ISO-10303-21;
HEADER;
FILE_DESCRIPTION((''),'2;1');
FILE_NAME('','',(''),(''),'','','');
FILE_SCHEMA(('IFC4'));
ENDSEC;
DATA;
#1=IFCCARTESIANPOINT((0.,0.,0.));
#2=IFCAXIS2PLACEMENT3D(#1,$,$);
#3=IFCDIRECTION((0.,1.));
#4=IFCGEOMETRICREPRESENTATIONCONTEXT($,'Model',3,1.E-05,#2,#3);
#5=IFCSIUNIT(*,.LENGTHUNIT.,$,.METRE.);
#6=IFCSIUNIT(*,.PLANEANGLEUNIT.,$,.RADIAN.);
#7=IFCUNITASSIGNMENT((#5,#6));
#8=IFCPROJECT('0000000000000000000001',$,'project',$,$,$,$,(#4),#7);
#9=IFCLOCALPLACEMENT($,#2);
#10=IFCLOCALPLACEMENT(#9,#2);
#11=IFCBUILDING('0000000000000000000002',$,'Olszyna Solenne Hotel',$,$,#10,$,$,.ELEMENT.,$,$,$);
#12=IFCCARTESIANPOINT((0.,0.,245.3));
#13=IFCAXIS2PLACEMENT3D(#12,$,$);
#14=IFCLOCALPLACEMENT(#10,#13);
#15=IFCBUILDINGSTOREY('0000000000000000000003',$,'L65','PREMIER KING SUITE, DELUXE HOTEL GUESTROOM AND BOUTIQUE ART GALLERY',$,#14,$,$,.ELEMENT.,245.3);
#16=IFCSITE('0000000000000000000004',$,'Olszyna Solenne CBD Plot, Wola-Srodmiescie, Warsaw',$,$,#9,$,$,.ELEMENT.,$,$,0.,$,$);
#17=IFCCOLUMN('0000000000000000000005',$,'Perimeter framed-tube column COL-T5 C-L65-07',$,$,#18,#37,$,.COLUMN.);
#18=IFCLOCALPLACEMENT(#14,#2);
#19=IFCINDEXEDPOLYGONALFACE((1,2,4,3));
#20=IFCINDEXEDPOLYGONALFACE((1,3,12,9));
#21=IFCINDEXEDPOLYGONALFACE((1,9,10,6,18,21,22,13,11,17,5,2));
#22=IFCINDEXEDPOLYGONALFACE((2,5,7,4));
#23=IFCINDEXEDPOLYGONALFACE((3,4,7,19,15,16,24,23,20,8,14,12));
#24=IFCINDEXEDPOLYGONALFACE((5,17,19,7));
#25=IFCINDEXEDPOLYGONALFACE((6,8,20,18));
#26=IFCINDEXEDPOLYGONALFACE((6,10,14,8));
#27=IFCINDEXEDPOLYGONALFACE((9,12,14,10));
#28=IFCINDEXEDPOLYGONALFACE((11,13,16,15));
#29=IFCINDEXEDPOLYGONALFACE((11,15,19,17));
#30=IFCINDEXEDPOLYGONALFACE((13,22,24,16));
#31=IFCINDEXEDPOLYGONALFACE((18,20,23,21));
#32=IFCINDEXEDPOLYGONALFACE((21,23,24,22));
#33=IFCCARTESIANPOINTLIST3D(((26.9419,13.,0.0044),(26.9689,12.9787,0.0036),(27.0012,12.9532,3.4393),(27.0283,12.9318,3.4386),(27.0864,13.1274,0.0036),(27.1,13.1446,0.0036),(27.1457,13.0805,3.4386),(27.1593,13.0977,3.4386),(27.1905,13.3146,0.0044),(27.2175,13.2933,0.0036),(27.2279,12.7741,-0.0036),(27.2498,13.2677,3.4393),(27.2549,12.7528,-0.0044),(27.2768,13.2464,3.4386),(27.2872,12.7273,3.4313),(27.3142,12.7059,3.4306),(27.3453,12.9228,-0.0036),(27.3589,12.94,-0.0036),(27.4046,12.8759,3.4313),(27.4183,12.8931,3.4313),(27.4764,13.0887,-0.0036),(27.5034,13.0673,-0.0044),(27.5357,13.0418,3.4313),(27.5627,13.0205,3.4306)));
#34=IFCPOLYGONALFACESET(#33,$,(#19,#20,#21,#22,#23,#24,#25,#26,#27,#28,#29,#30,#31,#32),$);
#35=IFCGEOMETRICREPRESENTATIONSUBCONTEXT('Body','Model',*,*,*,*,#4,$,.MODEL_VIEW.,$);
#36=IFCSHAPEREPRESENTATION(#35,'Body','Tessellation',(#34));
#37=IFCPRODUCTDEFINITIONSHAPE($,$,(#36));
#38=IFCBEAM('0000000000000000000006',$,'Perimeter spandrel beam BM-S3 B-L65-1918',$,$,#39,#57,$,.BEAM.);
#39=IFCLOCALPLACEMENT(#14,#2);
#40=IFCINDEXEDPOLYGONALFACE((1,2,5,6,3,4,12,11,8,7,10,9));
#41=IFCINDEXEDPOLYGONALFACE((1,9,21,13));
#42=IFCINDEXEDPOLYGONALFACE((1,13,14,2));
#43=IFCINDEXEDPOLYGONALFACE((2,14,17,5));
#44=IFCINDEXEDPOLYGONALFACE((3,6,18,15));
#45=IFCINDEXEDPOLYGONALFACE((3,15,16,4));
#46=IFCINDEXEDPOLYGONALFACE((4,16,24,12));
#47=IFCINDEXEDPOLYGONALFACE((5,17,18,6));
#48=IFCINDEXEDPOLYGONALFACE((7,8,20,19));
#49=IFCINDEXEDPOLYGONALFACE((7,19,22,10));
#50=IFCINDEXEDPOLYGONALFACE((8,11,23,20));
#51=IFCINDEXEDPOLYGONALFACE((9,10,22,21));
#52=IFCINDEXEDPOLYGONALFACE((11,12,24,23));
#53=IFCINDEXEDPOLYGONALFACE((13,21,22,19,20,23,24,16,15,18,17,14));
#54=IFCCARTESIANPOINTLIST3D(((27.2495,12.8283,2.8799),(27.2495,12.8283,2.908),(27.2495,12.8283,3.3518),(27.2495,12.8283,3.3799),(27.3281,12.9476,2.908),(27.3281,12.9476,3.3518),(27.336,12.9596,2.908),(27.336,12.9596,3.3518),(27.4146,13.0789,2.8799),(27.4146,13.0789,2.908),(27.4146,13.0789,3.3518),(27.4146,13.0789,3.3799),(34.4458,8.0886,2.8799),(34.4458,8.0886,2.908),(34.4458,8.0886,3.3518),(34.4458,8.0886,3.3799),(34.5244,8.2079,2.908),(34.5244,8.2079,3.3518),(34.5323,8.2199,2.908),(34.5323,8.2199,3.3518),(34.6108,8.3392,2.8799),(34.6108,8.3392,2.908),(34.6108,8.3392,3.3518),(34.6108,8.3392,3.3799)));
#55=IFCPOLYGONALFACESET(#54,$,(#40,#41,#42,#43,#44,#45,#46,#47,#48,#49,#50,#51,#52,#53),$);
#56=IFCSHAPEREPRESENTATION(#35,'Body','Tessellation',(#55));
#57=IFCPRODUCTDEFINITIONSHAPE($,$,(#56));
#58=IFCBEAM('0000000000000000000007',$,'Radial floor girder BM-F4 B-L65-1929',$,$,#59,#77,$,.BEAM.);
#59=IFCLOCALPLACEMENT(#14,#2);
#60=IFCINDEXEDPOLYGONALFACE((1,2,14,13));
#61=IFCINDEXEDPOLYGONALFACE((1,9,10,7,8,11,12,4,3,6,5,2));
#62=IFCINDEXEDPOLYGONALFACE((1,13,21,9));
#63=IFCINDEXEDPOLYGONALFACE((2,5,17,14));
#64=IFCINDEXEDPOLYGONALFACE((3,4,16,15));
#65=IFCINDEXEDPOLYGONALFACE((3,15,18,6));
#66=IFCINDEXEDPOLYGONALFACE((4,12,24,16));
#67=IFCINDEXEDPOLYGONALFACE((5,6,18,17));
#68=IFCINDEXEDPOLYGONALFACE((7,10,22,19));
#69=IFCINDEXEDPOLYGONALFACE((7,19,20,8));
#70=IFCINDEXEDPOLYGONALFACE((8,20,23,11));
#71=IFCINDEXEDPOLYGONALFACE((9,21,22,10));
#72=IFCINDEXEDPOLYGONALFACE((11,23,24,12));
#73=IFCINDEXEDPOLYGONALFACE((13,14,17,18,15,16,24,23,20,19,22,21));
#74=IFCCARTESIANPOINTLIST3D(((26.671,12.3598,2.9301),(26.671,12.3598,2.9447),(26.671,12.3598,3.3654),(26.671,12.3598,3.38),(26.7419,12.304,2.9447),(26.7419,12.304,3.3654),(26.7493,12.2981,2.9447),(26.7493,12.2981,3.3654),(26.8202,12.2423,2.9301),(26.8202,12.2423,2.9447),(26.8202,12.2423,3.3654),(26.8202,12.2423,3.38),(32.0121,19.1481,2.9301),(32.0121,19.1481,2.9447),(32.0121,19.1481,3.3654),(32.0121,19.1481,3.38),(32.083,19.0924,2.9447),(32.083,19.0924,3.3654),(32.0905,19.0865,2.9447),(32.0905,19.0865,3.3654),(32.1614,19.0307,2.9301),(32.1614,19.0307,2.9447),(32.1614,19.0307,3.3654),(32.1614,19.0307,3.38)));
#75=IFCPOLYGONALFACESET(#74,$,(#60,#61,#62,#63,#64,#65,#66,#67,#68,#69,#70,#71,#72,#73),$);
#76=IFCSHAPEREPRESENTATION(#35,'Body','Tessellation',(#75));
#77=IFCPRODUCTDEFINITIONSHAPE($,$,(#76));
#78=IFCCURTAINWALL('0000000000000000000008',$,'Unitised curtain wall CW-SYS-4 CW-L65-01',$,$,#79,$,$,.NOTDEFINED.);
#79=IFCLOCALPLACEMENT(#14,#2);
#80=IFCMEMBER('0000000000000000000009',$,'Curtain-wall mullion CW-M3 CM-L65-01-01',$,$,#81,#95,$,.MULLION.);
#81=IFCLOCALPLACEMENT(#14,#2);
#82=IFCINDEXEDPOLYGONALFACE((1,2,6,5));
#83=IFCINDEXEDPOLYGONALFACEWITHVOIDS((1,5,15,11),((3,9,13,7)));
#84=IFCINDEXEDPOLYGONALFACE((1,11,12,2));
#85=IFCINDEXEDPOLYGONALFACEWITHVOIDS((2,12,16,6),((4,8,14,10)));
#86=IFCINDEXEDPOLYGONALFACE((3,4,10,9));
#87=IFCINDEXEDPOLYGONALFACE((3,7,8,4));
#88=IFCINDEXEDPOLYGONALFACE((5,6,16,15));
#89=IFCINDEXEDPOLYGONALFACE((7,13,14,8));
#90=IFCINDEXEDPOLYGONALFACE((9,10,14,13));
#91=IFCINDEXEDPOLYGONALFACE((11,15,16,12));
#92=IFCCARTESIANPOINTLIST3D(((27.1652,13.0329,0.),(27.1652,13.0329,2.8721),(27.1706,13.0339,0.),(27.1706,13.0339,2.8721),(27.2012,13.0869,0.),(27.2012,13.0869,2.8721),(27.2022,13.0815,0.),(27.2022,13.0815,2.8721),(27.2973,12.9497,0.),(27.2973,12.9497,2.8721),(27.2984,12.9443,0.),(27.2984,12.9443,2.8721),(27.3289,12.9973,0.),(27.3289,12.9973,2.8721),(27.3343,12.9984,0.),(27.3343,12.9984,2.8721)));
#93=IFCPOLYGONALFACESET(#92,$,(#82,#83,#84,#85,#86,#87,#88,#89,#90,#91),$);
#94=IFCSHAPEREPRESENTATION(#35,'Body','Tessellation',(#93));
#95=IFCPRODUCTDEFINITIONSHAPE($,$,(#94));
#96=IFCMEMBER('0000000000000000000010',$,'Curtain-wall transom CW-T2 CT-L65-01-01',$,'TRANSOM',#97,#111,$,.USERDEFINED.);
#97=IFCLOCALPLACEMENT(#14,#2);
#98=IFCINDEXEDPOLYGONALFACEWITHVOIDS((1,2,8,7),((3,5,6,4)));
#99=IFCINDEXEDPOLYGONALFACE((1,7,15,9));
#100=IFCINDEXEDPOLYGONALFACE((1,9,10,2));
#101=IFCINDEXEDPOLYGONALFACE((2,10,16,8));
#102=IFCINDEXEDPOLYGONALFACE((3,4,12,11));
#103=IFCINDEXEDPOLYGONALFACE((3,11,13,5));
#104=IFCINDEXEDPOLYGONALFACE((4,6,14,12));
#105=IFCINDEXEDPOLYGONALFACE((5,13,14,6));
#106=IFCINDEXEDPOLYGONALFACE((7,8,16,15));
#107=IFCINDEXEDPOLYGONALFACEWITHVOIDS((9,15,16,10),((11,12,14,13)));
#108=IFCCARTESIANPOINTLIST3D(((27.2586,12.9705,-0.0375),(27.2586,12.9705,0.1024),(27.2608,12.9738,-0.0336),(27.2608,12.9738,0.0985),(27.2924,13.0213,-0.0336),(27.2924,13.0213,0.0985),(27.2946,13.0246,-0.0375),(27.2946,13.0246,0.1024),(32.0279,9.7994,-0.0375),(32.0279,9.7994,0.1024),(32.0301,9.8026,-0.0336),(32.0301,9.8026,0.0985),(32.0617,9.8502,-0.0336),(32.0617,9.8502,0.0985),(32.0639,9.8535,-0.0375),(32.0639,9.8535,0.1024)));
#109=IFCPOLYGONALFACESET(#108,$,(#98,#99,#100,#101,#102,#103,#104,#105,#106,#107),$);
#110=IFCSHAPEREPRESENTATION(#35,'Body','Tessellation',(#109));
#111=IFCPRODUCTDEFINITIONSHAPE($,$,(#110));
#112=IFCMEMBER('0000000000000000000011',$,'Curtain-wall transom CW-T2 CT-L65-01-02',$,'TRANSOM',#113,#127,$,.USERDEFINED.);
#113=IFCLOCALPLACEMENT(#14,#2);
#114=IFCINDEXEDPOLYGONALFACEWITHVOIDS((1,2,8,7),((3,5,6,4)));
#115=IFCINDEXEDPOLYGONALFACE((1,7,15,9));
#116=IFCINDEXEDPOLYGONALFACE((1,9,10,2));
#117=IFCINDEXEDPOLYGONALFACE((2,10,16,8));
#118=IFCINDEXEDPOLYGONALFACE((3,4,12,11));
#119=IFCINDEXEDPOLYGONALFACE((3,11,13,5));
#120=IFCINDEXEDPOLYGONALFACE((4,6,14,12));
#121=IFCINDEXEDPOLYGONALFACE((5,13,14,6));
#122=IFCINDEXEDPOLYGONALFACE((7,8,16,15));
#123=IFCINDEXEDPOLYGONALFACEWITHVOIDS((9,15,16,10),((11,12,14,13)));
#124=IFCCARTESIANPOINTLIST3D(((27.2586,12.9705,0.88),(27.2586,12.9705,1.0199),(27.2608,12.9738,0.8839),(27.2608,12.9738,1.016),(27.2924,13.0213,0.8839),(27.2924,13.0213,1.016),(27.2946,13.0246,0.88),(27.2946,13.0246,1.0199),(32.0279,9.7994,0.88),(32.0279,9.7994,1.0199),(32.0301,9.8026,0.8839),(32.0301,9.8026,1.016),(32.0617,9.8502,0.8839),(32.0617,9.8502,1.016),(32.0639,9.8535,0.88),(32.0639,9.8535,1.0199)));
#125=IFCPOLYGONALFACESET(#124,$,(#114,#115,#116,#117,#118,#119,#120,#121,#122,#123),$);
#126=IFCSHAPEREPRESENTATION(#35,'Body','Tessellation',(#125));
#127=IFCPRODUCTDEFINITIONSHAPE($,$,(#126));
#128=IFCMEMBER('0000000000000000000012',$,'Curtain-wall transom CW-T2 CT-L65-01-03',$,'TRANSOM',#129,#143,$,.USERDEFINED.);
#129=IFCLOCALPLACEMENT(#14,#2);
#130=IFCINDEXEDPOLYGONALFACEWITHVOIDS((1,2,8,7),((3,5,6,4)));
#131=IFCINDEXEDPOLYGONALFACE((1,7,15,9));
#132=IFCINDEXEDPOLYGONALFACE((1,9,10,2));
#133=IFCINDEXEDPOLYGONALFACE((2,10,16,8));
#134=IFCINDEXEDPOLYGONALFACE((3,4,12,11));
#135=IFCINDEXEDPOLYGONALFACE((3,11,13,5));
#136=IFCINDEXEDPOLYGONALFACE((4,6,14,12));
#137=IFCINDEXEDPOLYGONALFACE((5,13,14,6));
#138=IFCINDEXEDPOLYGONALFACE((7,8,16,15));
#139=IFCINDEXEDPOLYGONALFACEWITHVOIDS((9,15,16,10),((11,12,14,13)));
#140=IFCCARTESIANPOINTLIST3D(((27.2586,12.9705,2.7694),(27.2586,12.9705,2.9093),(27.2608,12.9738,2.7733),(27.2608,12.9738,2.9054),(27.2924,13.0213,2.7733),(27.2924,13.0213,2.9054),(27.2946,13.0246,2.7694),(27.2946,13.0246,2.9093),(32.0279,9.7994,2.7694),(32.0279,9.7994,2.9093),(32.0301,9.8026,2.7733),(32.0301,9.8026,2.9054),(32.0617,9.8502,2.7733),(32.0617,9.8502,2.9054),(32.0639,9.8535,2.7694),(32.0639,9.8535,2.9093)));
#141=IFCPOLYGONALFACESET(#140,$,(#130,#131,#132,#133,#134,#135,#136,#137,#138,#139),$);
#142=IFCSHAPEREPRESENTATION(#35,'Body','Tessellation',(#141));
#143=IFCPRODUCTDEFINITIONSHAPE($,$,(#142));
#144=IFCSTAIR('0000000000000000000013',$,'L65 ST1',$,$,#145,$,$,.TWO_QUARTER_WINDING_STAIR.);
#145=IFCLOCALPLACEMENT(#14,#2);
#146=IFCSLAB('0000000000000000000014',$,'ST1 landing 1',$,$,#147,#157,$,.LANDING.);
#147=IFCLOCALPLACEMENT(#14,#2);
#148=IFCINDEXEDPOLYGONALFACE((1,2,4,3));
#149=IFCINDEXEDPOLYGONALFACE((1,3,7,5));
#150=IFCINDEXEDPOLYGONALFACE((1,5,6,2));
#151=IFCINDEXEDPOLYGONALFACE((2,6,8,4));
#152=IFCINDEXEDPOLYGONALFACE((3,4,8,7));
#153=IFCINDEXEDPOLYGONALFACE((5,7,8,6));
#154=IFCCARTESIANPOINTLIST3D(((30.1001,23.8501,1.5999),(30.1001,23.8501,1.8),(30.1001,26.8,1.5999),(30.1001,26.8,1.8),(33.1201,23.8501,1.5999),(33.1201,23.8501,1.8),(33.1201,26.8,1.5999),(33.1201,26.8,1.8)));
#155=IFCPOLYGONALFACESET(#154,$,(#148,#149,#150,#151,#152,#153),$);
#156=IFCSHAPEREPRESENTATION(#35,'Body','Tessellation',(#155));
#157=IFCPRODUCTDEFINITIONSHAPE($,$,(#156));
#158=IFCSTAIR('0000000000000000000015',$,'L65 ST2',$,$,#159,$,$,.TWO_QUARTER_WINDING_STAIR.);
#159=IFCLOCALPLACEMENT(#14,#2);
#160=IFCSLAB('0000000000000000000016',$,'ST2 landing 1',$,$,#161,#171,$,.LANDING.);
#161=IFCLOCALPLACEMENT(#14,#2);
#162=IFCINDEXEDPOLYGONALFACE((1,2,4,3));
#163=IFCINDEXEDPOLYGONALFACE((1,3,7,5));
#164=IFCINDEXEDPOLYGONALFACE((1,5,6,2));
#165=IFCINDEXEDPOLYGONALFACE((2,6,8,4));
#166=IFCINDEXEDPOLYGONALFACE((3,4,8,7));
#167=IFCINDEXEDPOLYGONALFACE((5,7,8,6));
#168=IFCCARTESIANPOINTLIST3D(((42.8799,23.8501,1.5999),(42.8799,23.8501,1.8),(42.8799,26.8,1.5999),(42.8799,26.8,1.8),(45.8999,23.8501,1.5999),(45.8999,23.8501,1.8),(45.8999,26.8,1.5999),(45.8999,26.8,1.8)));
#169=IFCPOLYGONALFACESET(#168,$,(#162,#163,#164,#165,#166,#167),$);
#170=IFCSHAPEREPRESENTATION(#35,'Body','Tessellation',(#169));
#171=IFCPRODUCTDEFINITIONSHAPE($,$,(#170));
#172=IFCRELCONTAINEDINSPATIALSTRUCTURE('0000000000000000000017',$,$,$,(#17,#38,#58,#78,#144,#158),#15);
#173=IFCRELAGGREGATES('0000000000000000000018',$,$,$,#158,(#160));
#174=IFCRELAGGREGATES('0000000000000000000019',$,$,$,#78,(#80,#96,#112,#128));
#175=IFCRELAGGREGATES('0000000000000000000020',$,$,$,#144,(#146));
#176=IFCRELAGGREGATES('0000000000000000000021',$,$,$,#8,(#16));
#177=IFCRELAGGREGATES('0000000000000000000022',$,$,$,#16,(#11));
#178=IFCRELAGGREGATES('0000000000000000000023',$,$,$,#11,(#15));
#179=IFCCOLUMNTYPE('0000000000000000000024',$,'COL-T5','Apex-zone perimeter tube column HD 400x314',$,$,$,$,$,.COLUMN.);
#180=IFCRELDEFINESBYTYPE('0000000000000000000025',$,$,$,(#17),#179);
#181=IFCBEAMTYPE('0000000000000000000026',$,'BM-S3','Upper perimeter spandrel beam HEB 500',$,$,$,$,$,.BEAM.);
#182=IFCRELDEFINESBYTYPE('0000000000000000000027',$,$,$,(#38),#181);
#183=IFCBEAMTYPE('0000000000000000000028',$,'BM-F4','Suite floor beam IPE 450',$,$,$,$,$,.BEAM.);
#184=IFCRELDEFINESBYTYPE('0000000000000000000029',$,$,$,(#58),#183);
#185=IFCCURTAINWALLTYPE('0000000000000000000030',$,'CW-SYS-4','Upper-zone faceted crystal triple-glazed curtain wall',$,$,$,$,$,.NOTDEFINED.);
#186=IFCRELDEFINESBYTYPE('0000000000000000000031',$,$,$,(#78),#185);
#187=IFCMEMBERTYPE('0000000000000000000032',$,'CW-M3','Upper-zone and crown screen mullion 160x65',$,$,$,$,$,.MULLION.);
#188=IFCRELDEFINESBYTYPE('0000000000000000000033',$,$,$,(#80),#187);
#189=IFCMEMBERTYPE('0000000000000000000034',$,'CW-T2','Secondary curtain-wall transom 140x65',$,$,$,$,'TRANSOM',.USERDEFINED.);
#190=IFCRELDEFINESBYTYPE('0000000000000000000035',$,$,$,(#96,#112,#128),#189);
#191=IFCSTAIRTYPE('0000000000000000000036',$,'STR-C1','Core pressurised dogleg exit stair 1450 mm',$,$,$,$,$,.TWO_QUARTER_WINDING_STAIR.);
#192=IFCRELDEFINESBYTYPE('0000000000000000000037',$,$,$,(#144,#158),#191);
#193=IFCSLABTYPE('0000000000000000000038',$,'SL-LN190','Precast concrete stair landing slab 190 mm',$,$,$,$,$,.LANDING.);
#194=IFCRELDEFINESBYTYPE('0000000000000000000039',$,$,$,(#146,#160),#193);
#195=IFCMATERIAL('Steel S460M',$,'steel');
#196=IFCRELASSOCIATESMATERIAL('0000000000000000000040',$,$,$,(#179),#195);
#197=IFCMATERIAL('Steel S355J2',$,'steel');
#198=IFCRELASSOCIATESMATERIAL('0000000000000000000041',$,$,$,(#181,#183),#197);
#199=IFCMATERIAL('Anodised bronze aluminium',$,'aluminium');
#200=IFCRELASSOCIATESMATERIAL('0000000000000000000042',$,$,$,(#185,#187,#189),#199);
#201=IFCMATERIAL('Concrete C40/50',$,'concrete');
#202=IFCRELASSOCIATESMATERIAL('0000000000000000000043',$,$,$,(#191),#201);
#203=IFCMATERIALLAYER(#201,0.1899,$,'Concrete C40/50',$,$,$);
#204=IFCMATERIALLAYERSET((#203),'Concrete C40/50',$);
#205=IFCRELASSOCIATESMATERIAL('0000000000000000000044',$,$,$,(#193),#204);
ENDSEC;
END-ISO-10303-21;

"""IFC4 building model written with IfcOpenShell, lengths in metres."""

from ifc_helpers import new_model, si_unit, direction, frame, origin, origin_2d, place, context, subcontext, project, spatial, polyline, hollow_rectangle, i_section, outline, extrude, source, transform, mapped, material, layer, layer_set, material_profile, profile_set, type_object, element, aggregate, save


model = new_model("IFC4")

# Units and contexts
model_context = context("Model", 3, precision=1e-05, world=origin(), true_north=direction((0.0, 1.0)))
body_context = subcontext(model_context, "Body", "Model", "MODEL_VIEW")
ifc_project = project(units=[si_unit("LENGTHUNIT", "METRE"), si_unit("PLANEANGLEUNIT", "RADIAN")], contexts=[model_context])

# Site, building, storey
site_placement = place(None, origin())
site = spatial("IfcSite", under=ifc_project, at=site_placement, Name="Olszyna Solenne CBD Plot, Wola-Srodmiescie, Warsaw", CompositionType="ELEMENT", RefElevation=0.0)
building_placement = place(site_placement, origin())
building = spatial("IfcBuilding", under=site, at=building_placement, Name="Olszyna Solenne Hotel", CompositionType="ELEMENT")
storey_placement = place(building_placement, frame((0.0, 0.0, 245.3)))
storey = spatial("IfcBuildingStorey", under=building, at=storey_placement, Name="L65", Description="PREMIER KING SUITE, DELUXE HOTEL GUESTROOM AND BOUTIQUE ART GALLERY", CompositionType="ELEMENT", Elevation=245.3)

# Column
ifc_material_1 = material(Name="Steel S460M", Category="steel")
ifc_material_profile_1 = material_profile(ifc_material_1, i_section(OverallWidth=0.4009, OverallDepth=0.3989, WebThickness=0.022, FlangeThickness=0.0344, at=origin_2d()), Name="HD 400x314", Category="load-bearing")
ifc_profile_set_1 = profile_set([ifc_material_profile_1], Name="Steel S460M")
column_type = type_object("IfcColumnType", Name="COL-T5", Description="Apex-zone perimeter tube column HD 400x314", PredefinedType="COLUMN", material=ifc_profile_set_1)
shared_shape_1 = source(origin(), body_context, "Body", "SweptSolid", [
    extrude(i_section(OverallWidth=0.4009, OverallDepth=0.3989, WebThickness=0.022, FlangeThickness=0.0344, at=origin_2d()), origin(), (0.0, 0.0, 1.0), 3.4358),
])
column_placement = place(storey_placement, frame((27.2227, 13.0337, 0.0), z_axis=(0.017267, -0.013643, 0.999758), x_axis=(0.619958, 0.784635, 0.0)))
element("IfcColumn", 1, at=column_placement, inside=storey, type_object=column_type, Name="Perimeter framed-tube column COL-T5 C-L65-07", PredefinedType="COLUMN", context=body_context, shape_type="MappedRepresentation", body=[
    mapped(shared_shape_1, transform((0.0, 0.0, 0.0), x_axis=(1.0, 0.0, 0.0), y_axis=(0.0, 1.0, 0.0), z_axis=(0.0, 0.0, 1.0), scale=1.0)),
])

# Beams
ifc_material_2 = material(Name="Steel S355J2", Category="steel")
ifc_material_profile_2 = material_profile(ifc_material_2, i_section(OverallWidth=0.3, OverallDepth=0.5, WebThickness=0.0144, FlangeThickness=0.0281, at=origin_2d()), Name="HEB 500", Category="load-bearing")
ifc_profile_set_2 = profile_set([ifc_material_profile_2], Name="Steel S355J2")
beam_type_1 = type_object("IfcBeamType", Name="BM-S3", Description="Upper perimeter spandrel beam HEB 500", PredefinedType="BEAM", material=ifc_profile_set_2)
shared_shape_2 = source(origin(), body_context, "Body", "SweptSolid", [
    extrude(i_section(OverallWidth=0.3, OverallDepth=0.5, WebThickness=0.0144, FlangeThickness=0.0281, at=origin_2d()), origin(), (0.0, 0.0, 1.0), 8.6169),
])
beam_1_placement = place(storey_placement, frame((27.332, 12.9536, 3.1299), z_axis=(0.835132, -0.550049, 0.0), x_axis=(0.550049, 0.835132, 0.0)))
element("IfcBeam", 2, at=beam_1_placement, inside=storey, type_object=beam_type_1, Name="Perimeter spandrel beam BM-S3 B-L65-1918", PredefinedType="BEAM", context=body_context, shape_type="MappedRepresentation", body=[
    mapped(shared_shape_2, transform((0.0, 0.0, 0.0), x_axis=(1.0, 0.0, 0.0), y_axis=(0.0, 1.0, 0.0), z_axis=(0.0, 0.0, 1.0), scale=1.0)),
])
ifc_material_profile_3 = material_profile(ifc_material_2, i_section(OverallWidth=0.1899, OverallDepth=0.45, WebThickness=0.0095, FlangeThickness=0.0146, at=origin_2d()), Name="IPE 450", Category="load-bearing")
ifc_profile_set_3 = profile_set([ifc_material_profile_3], Name="Steel S355J2")
beam_type_2 = type_object("IfcBeamType", Name="BM-F4", Description="Suite floor beam IPE 450", PredefinedType="BEAM", material=ifc_profile_set_3)
shared_shape_3 = source(origin(), body_context, "Body", "SweptSolid", [
    extrude(i_section(OverallWidth=0.1899, OverallDepth=0.45, WebThickness=0.0095, FlangeThickness=0.0146, at=origin_2d()), origin(), (0.0, 0.0, 1.0), 8.6377),
])
beam_2_placement = place(storey_placement, frame((26.7456, 12.301, 3.155), z_axis=(0.618349, 0.785903, 0.0), x_axis=(-0.785903, 0.618349, 0.0)))
element("IfcBeam", 3, at=beam_2_placement, inside=storey, type_object=beam_type_2, Name="Radial floor girder BM-F4 B-L65-1929", PredefinedType="BEAM", context=body_context, shape_type="MappedRepresentation", body=[
    mapped(shared_shape_3, transform((0.0, 0.0, 0.0), x_axis=(1.0, 0.0, 0.0), y_axis=(0.0, 1.0, 0.0), z_axis=(0.0, 0.0, 1.0), scale=1.0)),
])

# Curtain wall, members
ifc_material_3 = material(Name="Anodised bronze aluminium", Category="aluminium")
curtain_wall_type = type_object("IfcCurtainWallType", Name="CW-SYS-4", Description="Upper-zone faceted crystal triple-glazed curtain wall", PredefinedType="NOTDEFINED", material=ifc_material_3)
curtain_wall_placement = place(storey_placement, origin())
curtain_wall = element("IfcCurtainWall", 4, at=curtain_wall_placement, inside=storey, type_object=curtain_wall_type, Name="Unitised curtain wall CW-SYS-4 CW-L65-01", PredefinedType="NOTDEFINED")
ifc_material_profile_4 = material_profile(ifc_material_3, hollow_rectangle(XDim=0.0649, YDim=0.1599, WallThickness=0.0039, at=origin_2d()), Name="MULL 160x65x4", Category="load-bearing")
ifc_profile_set_4 = profile_set([ifc_material_profile_4], Name="Anodised bronze aluminium")
member_type_1 = type_object("IfcMemberType", Name="CW-M3", Description="Upper-zone and crown screen mullion 160x65", PredefinedType="MULLION", material=ifc_profile_set_4)
shared_shape_4 = source(origin(), body_context, "Body", "SweptSolid", [
    extrude(hollow_rectangle(XDim=0.0649, YDim=0.1599, WallThickness=0.0039, at=origin_2d()), origin(), (0.0, 0.0, 1.0), 2.8721),
])
member_1_placement = place(storey_placement, frame((27.2498, 13.0156, 0.0), z_axis=(0.0, 0.0, 1.0), x_axis=(0.553695, 0.83272, 0.0)))
member_1 = element("IfcMember", 5, at=member_1_placement, type_object=member_type_1, Name="Curtain-wall mullion CW-M3 CM-L65-01-01", PredefinedType="MULLION", context=body_context, shape_type="MappedRepresentation", body=[
    mapped(shared_shape_4, transform((0.0, 0.0, 0.0), x_axis=(1.0, 0.0, 0.0), y_axis=(0.0, 1.0, 0.0), z_axis=(0.0, 0.0, 1.0), scale=1.0)),
])
ifc_material_profile_5 = material_profile(ifc_material_3, hollow_rectangle(XDim=0.0649, YDim=0.1399, WallThickness=0.0039, at=origin_2d()), Name="TRAN 140x65x4", Category="load-bearing")
ifc_profile_set_5 = profile_set([ifc_material_profile_5], Name="Anodised bronze aluminium")
member_type_2 = type_object("IfcMemberType", Name="CW-T2", Description="Secondary curtain-wall transom 140x65", ElementType="TRANSOM", PredefinedType="USERDEFINED", material=ifc_profile_set_5)
shared_shape_5 = source(origin(), body_context, "Body", "SweptSolid", [
    extrude(hollow_rectangle(XDim=0.0649, YDim=0.1399, WallThickness=0.0039, at=origin_2d()), origin(), (0.0, 0.0, 1.0), 5.7273),
])
member_2_placement = place(storey_placement, frame((27.2766, 12.9976, 0.0325), z_axis=(0.832725, -0.553687, 0.0), x_axis=(0.553687, 0.832725, 0.0)))
member_2 = element("IfcMember", 6, at=member_2_placement, type_object=member_type_2, Name="Curtain-wall transom CW-T2 CT-L65-01-01", ObjectType="TRANSOM", PredefinedType="USERDEFINED", context=body_context, shape_type="MappedRepresentation", body=[
    mapped(shared_shape_5, transform((0.0, 0.0, 0.0), x_axis=(1.0, 0.0, 0.0), y_axis=(0.0, 1.0, 0.0), z_axis=(0.0, 0.0, 1.0), scale=1.0)),
])
member_3_placement = place(storey_placement, frame((27.2766, 12.9976, 0.95), z_axis=(0.832725, -0.553687, 0.0), x_axis=(0.553687, 0.832725, 0.0)))
member_3 = element("IfcMember", 7, at=member_3_placement, type_object=member_type_2, Name="Curtain-wall transom CW-T2 CT-L65-01-02", ObjectType="TRANSOM", PredefinedType="USERDEFINED", context=body_context, shape_type="MappedRepresentation", body=[
    mapped(shared_shape_5, transform((0.0, 0.0, 0.0), x_axis=(1.0, 0.0, 0.0), y_axis=(0.0, 1.0, 0.0), z_axis=(0.0, 0.0, 1.0), scale=1.0)),
])
member_4_placement = place(storey_placement, frame((27.2766, 12.9976, 2.8394), z_axis=(0.832725, -0.553687, 0.0), x_axis=(0.553687, 0.832725, 0.0)))
member_4 = element("IfcMember", 8, at=member_4_placement, type_object=member_type_2, Name="Curtain-wall transom CW-T2 CT-L65-01-03", ObjectType="TRANSOM", PredefinedType="USERDEFINED", context=body_context, shape_type="MappedRepresentation", body=[
    mapped(shared_shape_5, transform((0.0, 0.0, 0.0), x_axis=(1.0, 0.0, 0.0), y_axis=(0.0, 1.0, 0.0), z_axis=(0.0, 0.0, 1.0), scale=1.0)),
])

# Stairs, slabs
ifc_material_4 = material(Name="Concrete C40/50", Category="concrete")
stair_type = type_object("IfcStairType", Name="STR-C1", Description="Core pressurised dogleg exit stair 1450 mm", PredefinedType="TWO_QUARTER_WINDING_STAIR", material=ifc_material_4)
stair_1_placement = place(storey_placement, origin())
stair_1 = element("IfcStair", 9, at=stair_1_placement, inside=storey, type_object=stair_type, Name="L65 ST1", PredefinedType="TWO_QUARTER_WINDING_STAIR")
ifc_layer_1 = layer(ifc_material_4, 0.1899, Name="Concrete C40/50")
ifc_layer_set_1 = layer_set([ifc_layer_1], Name="Concrete C40/50")
slab_type_1 = type_object("IfcSlabType", Name="SL-LN190", Description="Precast concrete stair landing slab 190 mm", PredefinedType="LANDING", material=ifc_layer_set_1)
slab_1_placement = place(storey_placement, frame((0.0, 0.0, 1.5999)))
slab_1 = element("IfcSlab", 10, at=slab_1_placement, type_object=slab_type_1, Name="ST1 landing 1", PredefinedType="LANDING", context=body_context, shape_type="SweptSolid", body=[
    extrude(outline(polyline([(33.1201, 23.8501), (33.1201, 26.8), (30.1001, 26.8), (30.1001, 23.8501), (33.1201, 23.8501)])), origin(), (0.0, 0.0, 1.0), 0.2002),
])
stair_2_placement = place(storey_placement, origin())
stair_2 = element("IfcStair", 11, at=stair_2_placement, inside=storey, type_object=stair_type, Name="L65 ST2", PredefinedType="TWO_QUARTER_WINDING_STAIR")
slab_2_placement = place(storey_placement, frame((0.0, 0.0, 1.5999)))
slab_2 = element("IfcSlab", 12, at=slab_2_placement, type_object=slab_type_1, Name="ST2 landing 1", PredefinedType="LANDING", context=body_context, shape_type="SweptSolid", body=[
    extrude(outline(polyline([(45.8999, 23.8501), (45.8999, 26.8), (42.8799, 26.8), (42.8799, 23.8501), (45.8999, 23.8501)])), origin(), (0.0, 0.0, 1.0), 0.2002),
])
aggregate(stair_2, [slab_2])

aggregate(curtain_wall, [member_1, member_2, member_3, member_4])

aggregate(stair_1, [slab_1])

save(model, "model.ifc")
